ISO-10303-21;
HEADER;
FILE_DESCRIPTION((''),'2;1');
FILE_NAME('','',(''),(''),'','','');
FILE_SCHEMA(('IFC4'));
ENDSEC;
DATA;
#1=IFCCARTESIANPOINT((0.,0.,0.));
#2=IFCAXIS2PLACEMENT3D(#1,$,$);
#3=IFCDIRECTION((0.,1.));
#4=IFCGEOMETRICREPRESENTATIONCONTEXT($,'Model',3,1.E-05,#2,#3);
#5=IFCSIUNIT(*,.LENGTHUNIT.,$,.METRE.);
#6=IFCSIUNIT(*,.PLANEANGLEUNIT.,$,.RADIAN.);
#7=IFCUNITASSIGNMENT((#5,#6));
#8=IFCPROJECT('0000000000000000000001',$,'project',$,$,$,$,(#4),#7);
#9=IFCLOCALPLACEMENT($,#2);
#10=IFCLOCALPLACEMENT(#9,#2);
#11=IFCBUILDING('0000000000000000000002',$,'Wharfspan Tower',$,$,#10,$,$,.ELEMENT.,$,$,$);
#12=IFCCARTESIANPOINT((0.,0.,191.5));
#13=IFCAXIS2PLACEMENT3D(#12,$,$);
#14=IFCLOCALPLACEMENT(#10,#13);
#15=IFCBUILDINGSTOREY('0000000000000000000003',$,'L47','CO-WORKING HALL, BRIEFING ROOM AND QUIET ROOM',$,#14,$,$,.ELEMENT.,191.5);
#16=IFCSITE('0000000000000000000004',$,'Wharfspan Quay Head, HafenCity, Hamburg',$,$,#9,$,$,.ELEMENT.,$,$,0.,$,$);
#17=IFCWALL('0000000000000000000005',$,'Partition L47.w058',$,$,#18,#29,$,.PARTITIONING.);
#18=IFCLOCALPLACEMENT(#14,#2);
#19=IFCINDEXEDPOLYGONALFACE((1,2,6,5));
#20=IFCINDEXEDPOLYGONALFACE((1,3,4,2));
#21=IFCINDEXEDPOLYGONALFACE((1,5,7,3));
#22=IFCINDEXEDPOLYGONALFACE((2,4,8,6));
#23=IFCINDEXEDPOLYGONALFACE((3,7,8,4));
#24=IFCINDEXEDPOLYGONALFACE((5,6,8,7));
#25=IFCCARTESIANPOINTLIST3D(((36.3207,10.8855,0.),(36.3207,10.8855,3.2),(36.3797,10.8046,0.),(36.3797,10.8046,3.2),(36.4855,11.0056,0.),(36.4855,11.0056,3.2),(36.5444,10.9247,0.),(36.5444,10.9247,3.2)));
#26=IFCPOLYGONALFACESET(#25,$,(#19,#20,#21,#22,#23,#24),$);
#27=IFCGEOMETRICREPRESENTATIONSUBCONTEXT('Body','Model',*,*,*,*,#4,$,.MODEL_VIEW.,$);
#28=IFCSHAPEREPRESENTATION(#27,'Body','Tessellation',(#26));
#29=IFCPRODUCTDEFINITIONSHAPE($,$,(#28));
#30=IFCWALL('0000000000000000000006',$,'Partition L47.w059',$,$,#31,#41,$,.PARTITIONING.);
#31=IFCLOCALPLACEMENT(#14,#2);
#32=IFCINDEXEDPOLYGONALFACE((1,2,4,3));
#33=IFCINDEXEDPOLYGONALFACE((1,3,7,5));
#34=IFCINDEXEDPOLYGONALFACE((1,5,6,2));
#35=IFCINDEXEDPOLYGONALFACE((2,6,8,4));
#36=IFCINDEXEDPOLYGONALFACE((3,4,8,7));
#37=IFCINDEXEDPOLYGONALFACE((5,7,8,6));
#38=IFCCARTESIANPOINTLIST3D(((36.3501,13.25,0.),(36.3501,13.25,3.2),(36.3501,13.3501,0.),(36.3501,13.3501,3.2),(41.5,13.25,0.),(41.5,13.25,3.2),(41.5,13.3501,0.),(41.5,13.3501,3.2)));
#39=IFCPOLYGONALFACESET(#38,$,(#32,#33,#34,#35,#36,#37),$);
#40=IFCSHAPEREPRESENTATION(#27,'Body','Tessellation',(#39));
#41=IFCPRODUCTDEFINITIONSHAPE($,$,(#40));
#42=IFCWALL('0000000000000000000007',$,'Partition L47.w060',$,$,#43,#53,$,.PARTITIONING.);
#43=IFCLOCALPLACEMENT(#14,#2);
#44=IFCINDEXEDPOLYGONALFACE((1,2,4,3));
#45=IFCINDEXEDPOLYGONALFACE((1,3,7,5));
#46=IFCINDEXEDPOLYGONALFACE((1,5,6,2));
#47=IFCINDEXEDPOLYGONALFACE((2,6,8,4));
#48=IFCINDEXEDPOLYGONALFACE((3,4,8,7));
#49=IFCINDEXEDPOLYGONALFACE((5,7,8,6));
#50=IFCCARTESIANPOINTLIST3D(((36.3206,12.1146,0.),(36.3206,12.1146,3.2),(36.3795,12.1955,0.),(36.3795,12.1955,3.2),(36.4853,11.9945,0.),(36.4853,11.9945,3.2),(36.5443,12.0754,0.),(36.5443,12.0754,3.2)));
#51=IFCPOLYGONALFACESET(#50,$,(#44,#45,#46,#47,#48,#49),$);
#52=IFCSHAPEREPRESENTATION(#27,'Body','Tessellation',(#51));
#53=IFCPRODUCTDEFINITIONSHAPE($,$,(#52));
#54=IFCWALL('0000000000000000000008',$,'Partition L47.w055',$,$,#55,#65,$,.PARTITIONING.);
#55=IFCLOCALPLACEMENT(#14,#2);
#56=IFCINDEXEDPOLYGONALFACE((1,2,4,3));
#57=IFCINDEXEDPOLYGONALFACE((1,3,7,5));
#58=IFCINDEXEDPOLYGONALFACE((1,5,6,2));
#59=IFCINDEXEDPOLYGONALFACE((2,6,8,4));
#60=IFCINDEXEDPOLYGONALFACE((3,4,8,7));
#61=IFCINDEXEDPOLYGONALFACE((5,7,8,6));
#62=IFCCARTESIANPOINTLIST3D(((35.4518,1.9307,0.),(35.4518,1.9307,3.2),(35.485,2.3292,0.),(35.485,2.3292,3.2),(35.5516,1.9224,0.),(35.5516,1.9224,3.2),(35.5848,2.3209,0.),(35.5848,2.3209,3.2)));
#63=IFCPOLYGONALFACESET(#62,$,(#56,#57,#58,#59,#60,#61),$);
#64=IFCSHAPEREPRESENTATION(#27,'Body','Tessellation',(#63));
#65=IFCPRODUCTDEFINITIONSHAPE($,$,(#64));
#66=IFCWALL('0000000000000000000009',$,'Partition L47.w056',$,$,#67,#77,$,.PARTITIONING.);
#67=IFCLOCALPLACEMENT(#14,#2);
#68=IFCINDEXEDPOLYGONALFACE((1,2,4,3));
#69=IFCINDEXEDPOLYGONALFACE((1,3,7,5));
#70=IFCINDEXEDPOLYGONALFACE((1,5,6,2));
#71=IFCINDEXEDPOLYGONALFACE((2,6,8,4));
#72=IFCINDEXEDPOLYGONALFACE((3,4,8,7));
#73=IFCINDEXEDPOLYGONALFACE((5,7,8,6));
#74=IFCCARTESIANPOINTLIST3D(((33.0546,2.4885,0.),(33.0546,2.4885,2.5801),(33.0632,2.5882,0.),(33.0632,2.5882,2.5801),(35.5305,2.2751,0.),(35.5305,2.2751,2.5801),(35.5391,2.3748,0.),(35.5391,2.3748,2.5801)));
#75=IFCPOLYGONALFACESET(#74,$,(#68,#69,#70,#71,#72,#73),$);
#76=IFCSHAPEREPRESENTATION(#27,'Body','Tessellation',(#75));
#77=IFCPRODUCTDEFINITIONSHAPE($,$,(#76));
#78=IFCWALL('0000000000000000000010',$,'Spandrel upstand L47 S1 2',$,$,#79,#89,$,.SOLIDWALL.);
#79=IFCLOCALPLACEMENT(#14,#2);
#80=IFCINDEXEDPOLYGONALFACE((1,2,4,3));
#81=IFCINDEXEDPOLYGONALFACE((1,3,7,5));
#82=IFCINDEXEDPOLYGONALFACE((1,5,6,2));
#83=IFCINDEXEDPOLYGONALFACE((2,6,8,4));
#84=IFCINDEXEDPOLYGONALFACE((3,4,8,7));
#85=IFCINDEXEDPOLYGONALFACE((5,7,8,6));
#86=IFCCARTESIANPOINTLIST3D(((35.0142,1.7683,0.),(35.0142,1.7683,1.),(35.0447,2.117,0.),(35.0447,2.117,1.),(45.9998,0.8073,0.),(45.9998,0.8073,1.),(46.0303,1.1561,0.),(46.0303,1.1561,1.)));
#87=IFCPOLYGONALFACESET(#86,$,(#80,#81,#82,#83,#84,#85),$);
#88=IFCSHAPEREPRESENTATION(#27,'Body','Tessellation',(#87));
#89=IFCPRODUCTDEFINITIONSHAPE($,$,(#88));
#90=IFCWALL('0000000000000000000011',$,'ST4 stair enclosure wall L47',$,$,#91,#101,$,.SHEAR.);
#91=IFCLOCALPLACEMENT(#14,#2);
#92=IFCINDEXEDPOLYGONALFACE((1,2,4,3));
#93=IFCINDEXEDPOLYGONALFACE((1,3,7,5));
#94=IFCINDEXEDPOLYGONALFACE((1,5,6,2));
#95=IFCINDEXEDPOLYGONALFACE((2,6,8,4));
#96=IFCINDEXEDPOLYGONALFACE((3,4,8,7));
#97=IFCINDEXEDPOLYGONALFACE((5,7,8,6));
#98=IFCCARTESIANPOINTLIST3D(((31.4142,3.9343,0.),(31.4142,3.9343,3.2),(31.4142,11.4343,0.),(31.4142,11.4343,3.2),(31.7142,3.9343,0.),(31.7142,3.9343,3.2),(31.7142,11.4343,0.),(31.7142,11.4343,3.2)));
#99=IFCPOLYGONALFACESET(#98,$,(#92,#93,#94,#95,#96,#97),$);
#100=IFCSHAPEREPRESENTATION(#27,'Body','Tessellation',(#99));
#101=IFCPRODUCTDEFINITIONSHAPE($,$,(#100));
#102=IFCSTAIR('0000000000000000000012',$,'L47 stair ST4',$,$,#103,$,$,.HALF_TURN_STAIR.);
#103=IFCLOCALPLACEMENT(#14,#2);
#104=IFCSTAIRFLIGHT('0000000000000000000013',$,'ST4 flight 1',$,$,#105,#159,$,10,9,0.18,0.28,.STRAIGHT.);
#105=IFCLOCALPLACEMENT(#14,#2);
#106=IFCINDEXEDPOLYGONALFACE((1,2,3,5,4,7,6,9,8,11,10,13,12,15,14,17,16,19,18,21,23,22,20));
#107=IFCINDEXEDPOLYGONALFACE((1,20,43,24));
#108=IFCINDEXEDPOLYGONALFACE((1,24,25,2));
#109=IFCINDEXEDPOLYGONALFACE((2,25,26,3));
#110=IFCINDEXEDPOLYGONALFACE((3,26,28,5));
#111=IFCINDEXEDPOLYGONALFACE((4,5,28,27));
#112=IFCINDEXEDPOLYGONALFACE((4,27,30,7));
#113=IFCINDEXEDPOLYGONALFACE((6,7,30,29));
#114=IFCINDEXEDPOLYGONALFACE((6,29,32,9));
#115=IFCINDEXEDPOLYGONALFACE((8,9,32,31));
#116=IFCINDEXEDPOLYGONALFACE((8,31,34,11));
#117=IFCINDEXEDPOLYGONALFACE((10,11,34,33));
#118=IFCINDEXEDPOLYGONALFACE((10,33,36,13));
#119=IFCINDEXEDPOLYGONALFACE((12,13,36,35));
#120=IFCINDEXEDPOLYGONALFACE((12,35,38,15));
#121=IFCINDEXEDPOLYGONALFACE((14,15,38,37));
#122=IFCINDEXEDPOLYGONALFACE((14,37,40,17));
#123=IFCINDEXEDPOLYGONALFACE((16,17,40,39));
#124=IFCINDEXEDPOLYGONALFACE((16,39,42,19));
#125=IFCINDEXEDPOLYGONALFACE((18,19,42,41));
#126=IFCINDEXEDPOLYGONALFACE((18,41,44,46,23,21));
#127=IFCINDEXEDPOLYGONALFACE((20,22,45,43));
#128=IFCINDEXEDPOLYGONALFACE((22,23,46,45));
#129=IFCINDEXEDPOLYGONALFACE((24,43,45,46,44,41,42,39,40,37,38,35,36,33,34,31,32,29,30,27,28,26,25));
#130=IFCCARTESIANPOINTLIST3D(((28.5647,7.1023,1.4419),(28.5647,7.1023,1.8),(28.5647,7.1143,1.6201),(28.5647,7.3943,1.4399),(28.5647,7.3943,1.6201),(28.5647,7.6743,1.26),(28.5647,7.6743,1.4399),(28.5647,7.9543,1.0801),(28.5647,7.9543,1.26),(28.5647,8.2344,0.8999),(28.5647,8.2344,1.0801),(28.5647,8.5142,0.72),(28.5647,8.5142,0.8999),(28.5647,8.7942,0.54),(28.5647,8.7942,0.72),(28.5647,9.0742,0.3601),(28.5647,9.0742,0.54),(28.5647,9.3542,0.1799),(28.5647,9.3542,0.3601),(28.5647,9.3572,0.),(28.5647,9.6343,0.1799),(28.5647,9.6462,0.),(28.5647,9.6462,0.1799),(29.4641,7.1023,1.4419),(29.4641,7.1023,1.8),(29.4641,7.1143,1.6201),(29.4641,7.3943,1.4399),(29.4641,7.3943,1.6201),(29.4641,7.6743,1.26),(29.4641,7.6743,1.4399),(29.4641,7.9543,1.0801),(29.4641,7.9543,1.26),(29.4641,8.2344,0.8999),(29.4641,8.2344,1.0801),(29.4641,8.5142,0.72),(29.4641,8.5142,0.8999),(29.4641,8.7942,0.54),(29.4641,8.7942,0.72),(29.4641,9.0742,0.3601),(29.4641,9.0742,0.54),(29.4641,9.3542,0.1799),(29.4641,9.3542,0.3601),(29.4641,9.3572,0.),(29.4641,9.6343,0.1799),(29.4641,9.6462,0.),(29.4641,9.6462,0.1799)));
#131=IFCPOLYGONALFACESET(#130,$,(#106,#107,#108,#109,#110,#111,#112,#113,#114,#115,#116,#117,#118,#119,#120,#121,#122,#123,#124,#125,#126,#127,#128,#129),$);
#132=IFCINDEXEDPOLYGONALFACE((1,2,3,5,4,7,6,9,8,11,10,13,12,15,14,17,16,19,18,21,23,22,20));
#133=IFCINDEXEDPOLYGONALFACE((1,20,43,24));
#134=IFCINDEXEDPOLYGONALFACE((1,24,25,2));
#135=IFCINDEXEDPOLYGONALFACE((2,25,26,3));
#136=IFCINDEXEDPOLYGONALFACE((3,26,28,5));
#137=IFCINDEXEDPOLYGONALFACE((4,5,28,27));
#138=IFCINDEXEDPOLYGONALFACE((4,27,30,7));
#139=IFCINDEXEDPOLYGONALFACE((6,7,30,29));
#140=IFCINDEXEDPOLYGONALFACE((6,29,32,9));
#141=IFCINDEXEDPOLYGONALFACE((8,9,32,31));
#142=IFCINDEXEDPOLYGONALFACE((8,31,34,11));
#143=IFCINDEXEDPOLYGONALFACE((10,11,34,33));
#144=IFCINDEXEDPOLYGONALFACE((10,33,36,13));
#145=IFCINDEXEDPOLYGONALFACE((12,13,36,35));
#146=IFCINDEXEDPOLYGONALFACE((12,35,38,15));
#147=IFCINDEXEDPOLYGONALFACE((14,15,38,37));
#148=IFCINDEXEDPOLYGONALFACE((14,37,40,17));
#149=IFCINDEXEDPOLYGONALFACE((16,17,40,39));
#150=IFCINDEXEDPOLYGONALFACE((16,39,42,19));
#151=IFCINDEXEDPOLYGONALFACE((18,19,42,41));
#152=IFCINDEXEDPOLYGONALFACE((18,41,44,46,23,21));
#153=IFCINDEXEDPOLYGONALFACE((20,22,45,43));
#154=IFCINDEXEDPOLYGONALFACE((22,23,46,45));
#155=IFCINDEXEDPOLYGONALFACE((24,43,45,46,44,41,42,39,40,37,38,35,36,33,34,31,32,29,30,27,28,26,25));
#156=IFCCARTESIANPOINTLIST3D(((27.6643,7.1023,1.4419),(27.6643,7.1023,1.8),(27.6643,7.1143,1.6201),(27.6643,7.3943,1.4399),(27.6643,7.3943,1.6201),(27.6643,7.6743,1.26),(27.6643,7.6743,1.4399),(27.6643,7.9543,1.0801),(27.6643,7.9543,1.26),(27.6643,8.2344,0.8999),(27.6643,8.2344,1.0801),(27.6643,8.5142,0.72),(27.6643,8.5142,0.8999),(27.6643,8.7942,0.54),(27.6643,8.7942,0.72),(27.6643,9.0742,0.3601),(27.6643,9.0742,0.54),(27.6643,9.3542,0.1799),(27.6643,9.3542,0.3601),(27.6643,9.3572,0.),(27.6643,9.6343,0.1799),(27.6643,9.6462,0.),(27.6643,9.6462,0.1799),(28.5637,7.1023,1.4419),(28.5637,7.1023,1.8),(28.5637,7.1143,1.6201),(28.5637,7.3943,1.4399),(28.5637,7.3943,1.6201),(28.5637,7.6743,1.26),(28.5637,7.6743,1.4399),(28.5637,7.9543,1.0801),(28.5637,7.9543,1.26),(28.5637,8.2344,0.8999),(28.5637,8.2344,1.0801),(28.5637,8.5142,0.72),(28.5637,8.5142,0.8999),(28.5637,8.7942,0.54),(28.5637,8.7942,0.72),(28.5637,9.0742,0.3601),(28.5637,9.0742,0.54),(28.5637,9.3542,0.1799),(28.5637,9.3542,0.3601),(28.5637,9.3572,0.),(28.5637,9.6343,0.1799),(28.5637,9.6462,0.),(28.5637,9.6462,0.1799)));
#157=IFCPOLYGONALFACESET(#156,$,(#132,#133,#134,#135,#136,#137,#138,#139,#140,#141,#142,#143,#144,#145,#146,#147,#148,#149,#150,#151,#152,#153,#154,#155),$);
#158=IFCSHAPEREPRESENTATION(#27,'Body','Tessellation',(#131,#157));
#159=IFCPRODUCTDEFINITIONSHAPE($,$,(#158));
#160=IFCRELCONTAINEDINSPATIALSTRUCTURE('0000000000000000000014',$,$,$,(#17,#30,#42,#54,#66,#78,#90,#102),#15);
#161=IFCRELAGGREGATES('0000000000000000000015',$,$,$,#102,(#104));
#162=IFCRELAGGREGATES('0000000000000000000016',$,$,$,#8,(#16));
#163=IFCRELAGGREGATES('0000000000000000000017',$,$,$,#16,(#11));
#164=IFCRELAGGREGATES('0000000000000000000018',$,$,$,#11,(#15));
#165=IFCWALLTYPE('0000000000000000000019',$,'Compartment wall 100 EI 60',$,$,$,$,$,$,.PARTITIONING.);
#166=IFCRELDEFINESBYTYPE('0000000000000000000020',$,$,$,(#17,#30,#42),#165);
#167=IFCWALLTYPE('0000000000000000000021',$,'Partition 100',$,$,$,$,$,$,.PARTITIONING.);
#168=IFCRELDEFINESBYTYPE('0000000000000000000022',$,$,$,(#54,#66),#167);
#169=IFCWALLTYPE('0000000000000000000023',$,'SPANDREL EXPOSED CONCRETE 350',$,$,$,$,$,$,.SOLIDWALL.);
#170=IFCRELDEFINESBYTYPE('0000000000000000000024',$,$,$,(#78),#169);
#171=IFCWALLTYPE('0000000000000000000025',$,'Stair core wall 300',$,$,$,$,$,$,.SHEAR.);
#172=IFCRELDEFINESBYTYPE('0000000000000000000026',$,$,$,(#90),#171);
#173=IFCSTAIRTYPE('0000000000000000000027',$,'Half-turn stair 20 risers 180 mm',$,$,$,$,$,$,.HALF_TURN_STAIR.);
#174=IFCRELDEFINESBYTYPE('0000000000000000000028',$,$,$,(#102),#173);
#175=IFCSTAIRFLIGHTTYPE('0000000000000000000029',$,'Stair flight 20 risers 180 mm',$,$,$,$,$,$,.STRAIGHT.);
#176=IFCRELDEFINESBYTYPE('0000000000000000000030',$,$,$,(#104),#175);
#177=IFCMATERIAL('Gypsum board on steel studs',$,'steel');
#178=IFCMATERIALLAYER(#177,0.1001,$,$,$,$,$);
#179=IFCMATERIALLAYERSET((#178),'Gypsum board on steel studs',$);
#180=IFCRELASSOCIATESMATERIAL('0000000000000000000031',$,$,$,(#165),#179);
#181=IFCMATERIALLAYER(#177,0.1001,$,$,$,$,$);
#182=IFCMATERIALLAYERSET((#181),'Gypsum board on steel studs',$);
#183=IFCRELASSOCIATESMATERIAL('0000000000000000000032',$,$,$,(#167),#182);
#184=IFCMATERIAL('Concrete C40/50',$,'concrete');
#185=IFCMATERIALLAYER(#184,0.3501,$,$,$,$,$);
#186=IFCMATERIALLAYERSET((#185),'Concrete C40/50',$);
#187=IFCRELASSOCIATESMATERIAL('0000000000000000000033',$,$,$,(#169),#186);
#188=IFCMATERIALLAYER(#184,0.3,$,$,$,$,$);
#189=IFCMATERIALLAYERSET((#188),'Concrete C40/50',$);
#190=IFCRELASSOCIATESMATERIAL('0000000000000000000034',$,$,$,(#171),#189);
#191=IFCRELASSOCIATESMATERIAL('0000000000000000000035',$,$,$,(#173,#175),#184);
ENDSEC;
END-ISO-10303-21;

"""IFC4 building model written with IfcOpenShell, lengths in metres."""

from ifc_helpers import new_model, si_unit, direction, frame, frame_2d, origin, place, context, subcontext, project, spatial, polyline, rectangle, outline, extrude, material, layer, layer_set, type_object, element, aggregate, save


model = new_model("IFC4")

# Units and contexts
model_context = context("Model", 3, precision=1e-05, world=origin(), true_north=direction((0.0, 1.0)))
body_context = subcontext(model_context, "Body", "Model", "MODEL_VIEW")
ifc_project = project(units=[si_unit("LENGTHUNIT", "METRE"), si_unit("PLANEANGLEUNIT", "RADIAN")], contexts=[model_context])

# Site, building, storey
site_placement = place(None, origin())
site = spatial("IfcSite", under=ifc_project, at=site_placement, Name="Wharfspan Quay Head, HafenCity, Hamburg", CompositionType="ELEMENT", RefElevation=0.0)
building_placement = place(site_placement, origin())
building = spatial("IfcBuilding", under=site, at=building_placement, Name="Wharfspan Tower", CompositionType="ELEMENT")
storey_placement = place(building_placement, frame((0.0, 0.0, 191.5)))
storey = spatial("IfcBuildingStorey", under=building, at=storey_placement, Name="L47", Description="CO-WORKING HALL, BRIEFING ROOM AND QUIET ROOM", CompositionType="ELEMENT", Elevation=191.5)

# Shared definitions
ifc_material_1 = material(Name="Gypsum board on steel studs", Category="steel")
ifc_layer_1 = layer(ifc_material_1, 0.1001)
ifc_layer_set_1 = layer_set([ifc_layer_1], Name="Gypsum board on steel studs")
wall_type_1 = type_object("IfcWallType", Name="Compartment wall 100 EI 60", PredefinedType="PARTITIONING", material=ifc_layer_set_1)

# Walls
wall_1_placement = place(storey_placement, frame((36.3501, 10.845, 0.0), z_axis=(0.0, 0.0, 1.0), x_axis=(0.808115, 0.589026, 0.0)))
element("IfcWall", 1, at=wall_1_placement, inside=storey, type_object=wall_type_1, Name="Partition L47.w058", PredefinedType="PARTITIONING", context=body_context, shape_type="SweptSolid", body=[
    extrude(rectangle(XDim=0.2039, YDim=0.1001, at=frame_2d((0.1021, 0.0))), origin(), (0.0, 0.0, 1.0), 3.2),
])
wall_2_placement = place(storey_placement, frame((36.3501, 13.3, 0.0), z_axis=(0.0, 0.0, 1.0), x_axis=(1.0, 0.0, 0.0)))
element("IfcWall", 2, at=wall_2_placement, inside=storey, type_object=wall_type_1, Name="Partition L47.w059", PredefinedType="PARTITIONING", context=body_context, shape_type="SweptSolid", body=[
    extrude(rectangle(XDim=5.1499, YDim=0.1001, at=frame_2d((2.575, 0.0))), origin(), (0.0, 0.0, 1.0), 3.2),
])
wall_3_placement = place(storey_placement, frame((36.5149, 12.0349, 0.0), z_axis=(0.0, 0.0, 1.0), x_axis=(-0.808115, 0.589026, 0.0)))
element("IfcWall", 3, at=wall_3_placement, inside=storey, type_object=wall_type_1, Name="Partition L47.w060", PredefinedType="PARTITIONING", context=body_context, shape_type="SweptSolid", body=[
    extrude(rectangle(XDim=0.2039, YDim=0.1001, at=frame_2d((0.1021, 0.0))), origin(), (0.0, 0.0, 1.0), 3.2),
])
ifc_layer_2 = layer(ifc_material_1, 0.1001)
ifc_layer_set_2 = layer_set([ifc_layer_2], Name="Gypsum board on steel studs")
wall_type_2 = type_object("IfcWallType", Name="Partition 100", PredefinedType="PARTITIONING", material=ifc_layer_set_2)
wall_4_placement = place(storey_placement, frame((35.5017, 1.9265, 0.0), z_axis=(0.0, 0.0, 1.0), x_axis=(0.083045, 0.996542, 0.0)))
element("IfcWall", 4, at=wall_4_placement, inside=storey, type_object=wall_type_2, Name="Partition L47.w055", PredefinedType="PARTITIONING", context=body_context, shape_type="SweptSolid", body=[
    extrude(rectangle(XDim=0.3999, YDim=0.1001, at=frame_2d((0.2, 0.0))), origin(), (0.0, 0.0, 1.0), 3.2),
])
wall_5_placement = place(storey_placement, frame((35.5349, 2.325, 0.0), z_axis=(0.0, 0.0, 1.0), x_axis=(-0.996311, 0.085867, 0.0)))
element("IfcWall", 5, at=wall_5_placement, inside=storey, type_object=wall_type_2, Name="Partition L47.w056", PredefinedType="PARTITIONING", context=body_context, shape_type="SweptSolid", body=[
    extrude(rectangle(XDim=2.4851, YDim=0.1001, at=frame_2d((1.2427, 0.0))), origin(), (0.0, 0.0, 1.0), 2.5801),
])
ifc_material_2 = material(Name="Concrete C40/50", Category="concrete")
ifc_layer_3 = layer(ifc_material_2, 0.3501)
ifc_layer_set_3 = layer_set([ifc_layer_3], Name="Concrete C40/50")
wall_type_3 = type_object("IfcWallType", Name="SPANDREL EXPOSED CONCRETE 350", PredefinedType="SOLIDWALL", material=ifc_layer_set_3)
wall_6_placement = place(storey_placement, frame((35.0295, 1.9426, 0.0), z_axis=(0.0, 0.0, 1.0), x_axis=(0.996199, -0.08714, 0.0)))
element("IfcWall", 6, at=wall_6_placement, inside=storey, type_object=wall_type_3, Name="Spandrel upstand L47 S1 2", PredefinedType="SOLIDWALL", context=body_context, shape_type="SweptSolid", body=[
    extrude(rectangle(XDim=11.0276, YDim=0.3501, at=frame_2d((5.5137, 0.0))), origin(), (0.0, 0.0, 1.0), 1.0),
])
ifc_layer_4 = layer(ifc_material_2, 0.3)
ifc_layer_set_4 = layer_set([ifc_layer_4], Name="Concrete C40/50")
wall_type_4 = type_object("IfcWallType", Name="Stair core wall 300", PredefinedType="SHEAR", material=ifc_layer_set_4)
wall_7_placement = place(storey_placement, frame((31.5642, 3.9343, 0.0), z_axis=(0.0, 0.0, 1.0), x_axis=(0.0, 1.0, 0.0)))
element("IfcWall", 7, at=wall_7_placement, inside=storey, type_object=wall_type_4, Name="ST4 stair enclosure wall L47", PredefinedType="SHEAR", context=body_context, shape_type="SweptSolid", body=[
    extrude(rectangle(XDim=7.5, YDim=0.3, at=frame_2d((3.75, 0.0))), origin(), (0.0, 0.0, 1.0), 3.2),
])

# Stair, stair flight
stair_type = type_object("IfcStairType", Name="Half-turn stair 20 risers 180 mm", PredefinedType="HALF_TURN_STAIR", material=ifc_material_2)
stair_placement = place(storey_placement, origin())
stair = element("IfcStair", 8, at=stair_placement, inside=storey, type_object=stair_type, Name="L47 stair ST4", PredefinedType="HALF_TURN_STAIR")
stair_flight_type = type_object("IfcStairFlightType", Name="Stair flight 20 risers 180 mm", PredefinedType="STRAIGHT", material=ifc_material_2)
stair_flight_1_placement = place(storey_placement, frame((28.5642, 9.6343, 0.0), z_axis=(0.0, 0.0, 1.0), x_axis=(0.0, -1.0, 0.0)))
stair_flight_1 = element("IfcStairFlight", 9, at=stair_flight_1_placement, type_object=stair_flight_type, Name="ST4 flight 1", NumberOfRisers=10, NumberOfTreads=9, PredefinedType="STRAIGHT", RiserHeight=0.18, TreadLength=0.28, context=body_context, shape_type="SweptSolid", body=[
    extrude(outline(polyline([(-0.012, 0.0), (-0.012, 0.1799), (0.0, 0.1799), (0.28, 0.1799), (0.28, 0.3601), (0.5601, 0.3601), (0.5601, 0.54), (0.8401, 0.54), (0.8401, 0.72), (1.1201, 0.72), (1.1201, 0.8999), (1.3999, 0.8999), (1.3999, 1.0801), (1.6799, 1.0801), (1.6799, 1.26), (1.96, 1.26), (1.96, 1.4399), (2.24, 1.4399), (2.24, 1.6201), (2.52, 1.6201), (2.532, 1.8), (2.532, 1.4419), (0.2771, 0.0), (-0.012, 0.0)])), frame((0.0, 0.8999, 0.0), z_axis=(0.0, -1.0, 0.0), x_axis=(1.0, 0.0, 0.0)), (0.0, 0.0, 1.0), 0.8994),
    extrude(outline(polyline([(-0.012, 0.0), (-0.012, 0.1799), (0.0, 0.1799), (0.28, 0.1799), (0.28, 0.3601), (0.5601, 0.3601), (0.5601, 0.54), (0.8401, 0.54), (0.8401, 0.72), (1.1201, 0.72), (1.1201, 0.8999), (1.3999, 0.8999), (1.3999, 1.0801), (1.6799, 1.0801), (1.6799, 1.26), (1.96, 1.26), (1.96, 1.4399), (2.24, 1.4399), (2.24, 1.6201), (2.52, 1.6201), (2.532, 1.8), (2.532, 1.4419), (0.2771, 0.0), (-0.012, 0.0)])), frame((0.0, -0.0005, 0.0), z_axis=(0.0, -1.0, 0.0), x_axis=(1.0, 0.0, 0.0)), (0.0, 0.0, 1.0), 0.8994),
])
aggregate(stair, [stair_flight_1])

save(model, "model.ifc")
